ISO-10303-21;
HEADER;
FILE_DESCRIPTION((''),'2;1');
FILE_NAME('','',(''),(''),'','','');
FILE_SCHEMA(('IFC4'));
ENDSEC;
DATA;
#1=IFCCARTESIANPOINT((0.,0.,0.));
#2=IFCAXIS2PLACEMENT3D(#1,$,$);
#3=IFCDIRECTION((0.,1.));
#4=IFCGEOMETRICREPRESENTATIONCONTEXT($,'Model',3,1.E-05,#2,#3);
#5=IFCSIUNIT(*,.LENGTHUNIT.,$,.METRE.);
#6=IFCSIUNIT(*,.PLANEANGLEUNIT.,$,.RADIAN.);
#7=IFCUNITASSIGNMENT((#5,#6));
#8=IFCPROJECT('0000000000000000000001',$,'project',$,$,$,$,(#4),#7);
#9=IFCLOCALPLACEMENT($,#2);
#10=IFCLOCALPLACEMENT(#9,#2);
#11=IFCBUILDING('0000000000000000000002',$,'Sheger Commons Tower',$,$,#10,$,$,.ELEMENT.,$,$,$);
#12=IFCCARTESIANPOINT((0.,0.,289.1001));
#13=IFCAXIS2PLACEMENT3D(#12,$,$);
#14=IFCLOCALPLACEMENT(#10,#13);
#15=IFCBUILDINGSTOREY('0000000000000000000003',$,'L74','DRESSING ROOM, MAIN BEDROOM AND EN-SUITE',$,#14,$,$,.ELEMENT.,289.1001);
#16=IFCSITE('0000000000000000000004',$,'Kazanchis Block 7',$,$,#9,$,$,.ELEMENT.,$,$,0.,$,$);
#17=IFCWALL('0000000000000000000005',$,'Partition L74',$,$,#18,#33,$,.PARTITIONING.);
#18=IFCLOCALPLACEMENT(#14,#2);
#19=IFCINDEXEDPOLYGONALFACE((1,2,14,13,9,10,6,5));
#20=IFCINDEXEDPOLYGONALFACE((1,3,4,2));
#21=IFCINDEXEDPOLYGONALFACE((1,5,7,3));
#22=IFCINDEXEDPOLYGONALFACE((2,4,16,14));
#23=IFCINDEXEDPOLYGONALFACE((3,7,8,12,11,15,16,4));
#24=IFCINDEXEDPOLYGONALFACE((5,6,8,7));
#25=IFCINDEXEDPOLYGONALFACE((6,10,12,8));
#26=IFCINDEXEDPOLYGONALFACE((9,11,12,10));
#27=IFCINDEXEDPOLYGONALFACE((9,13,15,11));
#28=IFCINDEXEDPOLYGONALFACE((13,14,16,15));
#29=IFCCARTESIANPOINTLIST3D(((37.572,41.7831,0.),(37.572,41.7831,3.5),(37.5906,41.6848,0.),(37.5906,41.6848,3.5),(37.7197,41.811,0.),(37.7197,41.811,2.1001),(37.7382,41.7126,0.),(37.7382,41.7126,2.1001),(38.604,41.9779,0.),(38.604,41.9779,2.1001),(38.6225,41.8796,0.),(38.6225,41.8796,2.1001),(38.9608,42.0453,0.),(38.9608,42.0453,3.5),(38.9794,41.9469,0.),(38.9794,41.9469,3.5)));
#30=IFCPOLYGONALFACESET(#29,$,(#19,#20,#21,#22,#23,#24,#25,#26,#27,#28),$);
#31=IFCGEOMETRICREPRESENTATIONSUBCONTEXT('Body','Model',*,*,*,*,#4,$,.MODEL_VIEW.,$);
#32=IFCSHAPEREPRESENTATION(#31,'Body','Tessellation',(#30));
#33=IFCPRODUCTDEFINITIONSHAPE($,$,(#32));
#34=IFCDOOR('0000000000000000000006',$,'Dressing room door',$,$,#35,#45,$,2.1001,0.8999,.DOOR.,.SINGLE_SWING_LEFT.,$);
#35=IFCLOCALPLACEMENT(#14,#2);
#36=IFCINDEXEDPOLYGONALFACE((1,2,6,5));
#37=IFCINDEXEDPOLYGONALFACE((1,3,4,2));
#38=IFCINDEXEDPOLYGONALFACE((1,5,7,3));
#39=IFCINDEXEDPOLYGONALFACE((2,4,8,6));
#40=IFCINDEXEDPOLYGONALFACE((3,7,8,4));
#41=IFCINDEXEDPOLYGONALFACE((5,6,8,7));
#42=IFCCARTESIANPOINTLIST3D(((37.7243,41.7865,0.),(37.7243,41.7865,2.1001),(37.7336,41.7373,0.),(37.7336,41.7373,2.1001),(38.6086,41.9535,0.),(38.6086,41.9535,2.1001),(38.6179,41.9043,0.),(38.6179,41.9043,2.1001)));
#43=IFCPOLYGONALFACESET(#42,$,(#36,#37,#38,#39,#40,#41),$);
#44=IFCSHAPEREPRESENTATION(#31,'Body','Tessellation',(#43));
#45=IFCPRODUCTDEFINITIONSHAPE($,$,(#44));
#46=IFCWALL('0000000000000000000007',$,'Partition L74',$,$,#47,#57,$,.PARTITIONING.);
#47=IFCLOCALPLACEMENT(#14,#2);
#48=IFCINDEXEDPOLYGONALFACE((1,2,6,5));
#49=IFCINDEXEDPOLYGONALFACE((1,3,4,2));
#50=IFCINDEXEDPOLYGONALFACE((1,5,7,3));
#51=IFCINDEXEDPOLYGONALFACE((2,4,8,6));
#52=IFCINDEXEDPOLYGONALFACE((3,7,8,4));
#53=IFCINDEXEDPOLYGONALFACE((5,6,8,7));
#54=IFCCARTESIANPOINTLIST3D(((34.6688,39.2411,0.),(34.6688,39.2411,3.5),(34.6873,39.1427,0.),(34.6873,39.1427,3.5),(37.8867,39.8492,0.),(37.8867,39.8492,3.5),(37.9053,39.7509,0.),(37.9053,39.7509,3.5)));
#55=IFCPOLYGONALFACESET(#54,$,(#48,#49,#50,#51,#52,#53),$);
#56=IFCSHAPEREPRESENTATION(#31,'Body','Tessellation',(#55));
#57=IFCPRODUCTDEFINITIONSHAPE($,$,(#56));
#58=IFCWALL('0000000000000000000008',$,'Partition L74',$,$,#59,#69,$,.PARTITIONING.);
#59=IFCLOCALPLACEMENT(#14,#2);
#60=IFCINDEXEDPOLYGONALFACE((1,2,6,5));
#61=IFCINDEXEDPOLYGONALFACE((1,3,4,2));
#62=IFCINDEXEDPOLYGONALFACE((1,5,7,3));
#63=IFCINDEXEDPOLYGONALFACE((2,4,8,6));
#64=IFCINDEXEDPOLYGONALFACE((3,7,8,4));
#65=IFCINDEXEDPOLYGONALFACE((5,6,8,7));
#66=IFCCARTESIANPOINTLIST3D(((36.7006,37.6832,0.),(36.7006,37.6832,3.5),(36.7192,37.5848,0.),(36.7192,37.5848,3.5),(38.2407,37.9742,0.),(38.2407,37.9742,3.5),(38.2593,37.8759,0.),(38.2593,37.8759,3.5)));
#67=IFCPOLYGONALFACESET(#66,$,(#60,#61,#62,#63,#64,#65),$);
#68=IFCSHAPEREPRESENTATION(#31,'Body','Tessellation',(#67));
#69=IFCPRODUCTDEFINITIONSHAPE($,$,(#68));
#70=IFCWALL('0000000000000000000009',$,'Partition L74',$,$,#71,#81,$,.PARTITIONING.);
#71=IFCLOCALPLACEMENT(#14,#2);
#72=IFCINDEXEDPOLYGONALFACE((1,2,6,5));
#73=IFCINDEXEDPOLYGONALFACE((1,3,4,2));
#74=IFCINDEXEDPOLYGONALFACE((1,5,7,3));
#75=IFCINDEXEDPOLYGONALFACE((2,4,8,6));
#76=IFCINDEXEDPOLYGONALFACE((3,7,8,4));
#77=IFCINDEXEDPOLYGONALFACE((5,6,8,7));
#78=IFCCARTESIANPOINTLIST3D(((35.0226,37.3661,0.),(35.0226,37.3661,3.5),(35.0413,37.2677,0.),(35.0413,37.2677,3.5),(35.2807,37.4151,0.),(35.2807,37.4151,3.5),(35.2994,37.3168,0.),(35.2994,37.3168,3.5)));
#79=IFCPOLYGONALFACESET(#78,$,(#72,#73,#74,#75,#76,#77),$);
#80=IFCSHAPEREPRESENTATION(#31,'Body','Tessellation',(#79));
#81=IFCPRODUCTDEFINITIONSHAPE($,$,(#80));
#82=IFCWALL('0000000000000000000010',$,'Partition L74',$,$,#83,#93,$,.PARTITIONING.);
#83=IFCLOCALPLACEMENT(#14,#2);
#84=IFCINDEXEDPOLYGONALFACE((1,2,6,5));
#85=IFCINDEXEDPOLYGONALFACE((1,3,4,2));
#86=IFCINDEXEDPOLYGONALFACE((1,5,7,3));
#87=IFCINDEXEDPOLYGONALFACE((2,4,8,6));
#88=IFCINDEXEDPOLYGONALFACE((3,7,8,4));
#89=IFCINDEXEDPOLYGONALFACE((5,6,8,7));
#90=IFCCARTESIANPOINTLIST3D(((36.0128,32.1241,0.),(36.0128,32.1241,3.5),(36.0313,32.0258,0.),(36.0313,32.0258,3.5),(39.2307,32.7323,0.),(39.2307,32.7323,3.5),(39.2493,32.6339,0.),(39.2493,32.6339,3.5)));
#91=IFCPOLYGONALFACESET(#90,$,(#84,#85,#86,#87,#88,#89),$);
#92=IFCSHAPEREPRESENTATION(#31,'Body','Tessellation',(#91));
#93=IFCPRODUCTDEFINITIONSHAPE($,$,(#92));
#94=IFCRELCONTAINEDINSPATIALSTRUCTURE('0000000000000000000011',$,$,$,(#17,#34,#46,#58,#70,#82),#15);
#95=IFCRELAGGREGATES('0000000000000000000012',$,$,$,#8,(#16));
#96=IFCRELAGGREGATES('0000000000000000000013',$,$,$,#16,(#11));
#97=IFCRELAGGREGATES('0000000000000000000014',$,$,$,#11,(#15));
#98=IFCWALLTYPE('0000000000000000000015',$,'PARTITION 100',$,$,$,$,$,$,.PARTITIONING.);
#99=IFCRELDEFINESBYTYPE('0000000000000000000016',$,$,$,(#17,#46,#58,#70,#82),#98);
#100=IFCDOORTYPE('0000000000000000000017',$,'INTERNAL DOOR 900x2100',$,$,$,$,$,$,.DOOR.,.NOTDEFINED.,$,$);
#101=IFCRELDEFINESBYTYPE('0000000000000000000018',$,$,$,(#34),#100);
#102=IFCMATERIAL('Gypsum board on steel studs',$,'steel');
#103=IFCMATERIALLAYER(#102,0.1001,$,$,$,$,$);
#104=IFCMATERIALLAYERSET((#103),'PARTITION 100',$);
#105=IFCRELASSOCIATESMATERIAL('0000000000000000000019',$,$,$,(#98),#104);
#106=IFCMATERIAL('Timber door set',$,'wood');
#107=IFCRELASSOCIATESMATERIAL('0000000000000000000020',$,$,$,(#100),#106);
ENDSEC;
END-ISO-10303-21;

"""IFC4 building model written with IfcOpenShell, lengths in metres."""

from ifc_helpers import new_model, si_unit, direction, frame, frame_2d, origin, place, context, subcontext, project, spatial, rectangle, extrude, material, layer, layer_set, type_object, element, fill, save


model = new_model("IFC4")

# Units and contexts
model_context = context("Model", 3, precision=1e-05, world=origin(), true_north=direction((0.0, 1.0)))
body_context = subcontext(model_context, "Body", "Model", "MODEL_VIEW")
ifc_project = project(units=[si_unit("LENGTHUNIT", "METRE"), si_unit("PLANEANGLEUNIT", "RADIAN")], contexts=[model_context])

# Site, building, storey
site_placement = place(None, origin())
site = spatial("IfcSite", under=ifc_project, at=site_placement, Name="Kazanchis Block 7", CompositionType="ELEMENT", RefElevation=0.0)
building_placement = place(site_placement, origin())
building = spatial("IfcBuilding", under=site, at=building_placement, Name="Sheger Commons Tower", CompositionType="ELEMENT")
storey_placement = place(building_placement, frame((0.0, 0.0, 289.1001)))
storey = spatial("IfcBuildingStorey", under=building, at=storey_placement, Name="L74", Description="DRESSING ROOM, MAIN BEDROOM AND EN-SUITE", CompositionType="ELEMENT", Elevation=289.1001)

# Shared definitions
ifc_material_1 = material(Name="Gypsum board on steel studs", Category="steel")
ifc_layer_1 = layer(ifc_material_1, 0.1001)
ifc_layer_set_1 = layer_set([ifc_layer_1], Name="PARTITION 100")
wall_type_1 = type_object("IfcWallType", Name="PARTITION 100", PredefinedType="PARTITIONING", material=ifc_layer_set_1)

# Wall, opening, door
wall_1_placement = place(storey_placement, frame((38.97, 41.9961, 0.0), z_axis=(0.0, 0.0, 1.0), x_axis=(-0.982643, -0.185509, 0.0)))
wall_1 = element("IfcWall", 1, at=wall_1_placement, inside=storey, type_object=wall_type_1, Name="Partition L74", PredefinedType="PARTITIONING", context=body_context, shape_type="SweptSolid", body=[
    extrude(rectangle(XDim=1.4133, YDim=0.1001, at=frame_2d((0.7065, 0.0))), origin(), (0.0, 0.0, 1.0), 3.5),
])
opening_1_placement = place(wall_1_placement, frame((0.363, 0.0, 0.0)))
opening_1 = element("IfcOpeningElement", 2, at=opening_1_placement, cuts=wall_1, PredefinedType="OPENING", context=body_context, shape_type="SweptSolid", body=[
    extrude(rectangle(XDim=0.8999, YDim=2.1001, at=frame_2d((0.45, 1.05))), frame((0.0, 0.0601, 0.0), z_axis=(0.0, -1.0, 0.0), x_axis=(1.0, 0.0, 0.0)), (0.0, 0.0, 1.0), 0.1201),
])
ifc_material_2 = material(Name="Timber door set", Category="wood")
door_type_1 = type_object("IfcDoorType", Name="INTERNAL DOOR 900x2100", OperationType="NOTDEFINED", PredefinedType="DOOR", material=ifc_material_2)
door_1_placement = place(opening_1_placement, origin())
door_1 = element("IfcDoor", 3, at=door_1_placement, inside=storey, type_object=door_type_1, Name="Dressing room door", OperationType="SINGLE_SWING_LEFT", OverallHeight=2.1001, OverallWidth=0.8999, PredefinedType="DOOR", context=body_context, shape_type="SweptSolid", body=[
    extrude(rectangle(XDim=0.8999, YDim=2.1001, at=frame_2d((0.45, 1.05))), frame((0.0, 0.0249, 0.0), z_axis=(0.0, -1.0, 0.0), x_axis=(1.0, 0.0, 0.0)), (0.0, 0.0, 1.0), 0.05),
])
fill(opening_1, door_1)

# Walls
wall_2_placement = place(storey_placement, frame((37.896, 39.8, 0.0), z_axis=(0.0, 0.0, 1.0), x_axis=(-0.982607, -0.185697, 0.0)))
element("IfcWall", 4, at=wall_2_placement, inside=storey, type_object=wall_type_1, Name="Partition L74", PredefinedType="PARTITIONING", context=body_context, shape_type="SweptSolid", body=[
    extrude(rectangle(XDim=3.2749, YDim=0.1001, at=frame_2d((1.6375, 0.0))), origin(), (0.0, 0.0, 1.0), 3.5),
])
wall_3_placement = place(storey_placement, frame((38.25, 37.925, 0.0), z_axis=(0.0, 0.0, 1.0), x_axis=(-0.98261, -0.18568, 0.0)))
element("IfcWall", 5, at=wall_3_placement, inside=storey, type_object=wall_type_1, Name="Partition L74", PredefinedType="PARTITIONING", context=body_context, shape_type="SweptSolid", body=[
    extrude(rectangle(XDim=1.5674, YDim=0.1001, at=frame_2d((0.7837, 0.0))), origin(), (0.0, 0.0, 1.0), 3.5),
])
wall_4_placement = place(storey_placement, frame((35.29, 37.366, 0.0), z_axis=(0.0, 0.0, 1.0), x_axis=(-0.982395, -0.186813, 0.0)))
element("IfcWall", 6, at=wall_4_placement, inside=storey, type_object=wall_type_1, Name="Partition L74", PredefinedType="PARTITIONING", context=body_context, shape_type="SweptSolid", body=[
    extrude(rectangle(XDim=0.2627, YDim=0.1001, at=frame_2d((0.1313, 0.0))), origin(), (0.0, 0.0, 1.0), 3.5),
])
wall_5_placement = place(storey_placement, frame((39.24, 32.6831, 0.0), z_axis=(0.0, 0.0, 1.0), x_axis=(-0.982607, -0.185697, 0.0)))
element("IfcWall", 7, at=wall_5_placement, inside=storey, type_object=wall_type_1, Name="Partition L74", PredefinedType="PARTITIONING", context=body_context, shape_type="SweptSolid", body=[
    extrude(rectangle(XDim=3.2749, YDim=0.1001, at=frame_2d((1.6375, 0.0))), origin(), (0.0, 0.0, 1.0), 3.5),
])

save(model, "model.ifc")
